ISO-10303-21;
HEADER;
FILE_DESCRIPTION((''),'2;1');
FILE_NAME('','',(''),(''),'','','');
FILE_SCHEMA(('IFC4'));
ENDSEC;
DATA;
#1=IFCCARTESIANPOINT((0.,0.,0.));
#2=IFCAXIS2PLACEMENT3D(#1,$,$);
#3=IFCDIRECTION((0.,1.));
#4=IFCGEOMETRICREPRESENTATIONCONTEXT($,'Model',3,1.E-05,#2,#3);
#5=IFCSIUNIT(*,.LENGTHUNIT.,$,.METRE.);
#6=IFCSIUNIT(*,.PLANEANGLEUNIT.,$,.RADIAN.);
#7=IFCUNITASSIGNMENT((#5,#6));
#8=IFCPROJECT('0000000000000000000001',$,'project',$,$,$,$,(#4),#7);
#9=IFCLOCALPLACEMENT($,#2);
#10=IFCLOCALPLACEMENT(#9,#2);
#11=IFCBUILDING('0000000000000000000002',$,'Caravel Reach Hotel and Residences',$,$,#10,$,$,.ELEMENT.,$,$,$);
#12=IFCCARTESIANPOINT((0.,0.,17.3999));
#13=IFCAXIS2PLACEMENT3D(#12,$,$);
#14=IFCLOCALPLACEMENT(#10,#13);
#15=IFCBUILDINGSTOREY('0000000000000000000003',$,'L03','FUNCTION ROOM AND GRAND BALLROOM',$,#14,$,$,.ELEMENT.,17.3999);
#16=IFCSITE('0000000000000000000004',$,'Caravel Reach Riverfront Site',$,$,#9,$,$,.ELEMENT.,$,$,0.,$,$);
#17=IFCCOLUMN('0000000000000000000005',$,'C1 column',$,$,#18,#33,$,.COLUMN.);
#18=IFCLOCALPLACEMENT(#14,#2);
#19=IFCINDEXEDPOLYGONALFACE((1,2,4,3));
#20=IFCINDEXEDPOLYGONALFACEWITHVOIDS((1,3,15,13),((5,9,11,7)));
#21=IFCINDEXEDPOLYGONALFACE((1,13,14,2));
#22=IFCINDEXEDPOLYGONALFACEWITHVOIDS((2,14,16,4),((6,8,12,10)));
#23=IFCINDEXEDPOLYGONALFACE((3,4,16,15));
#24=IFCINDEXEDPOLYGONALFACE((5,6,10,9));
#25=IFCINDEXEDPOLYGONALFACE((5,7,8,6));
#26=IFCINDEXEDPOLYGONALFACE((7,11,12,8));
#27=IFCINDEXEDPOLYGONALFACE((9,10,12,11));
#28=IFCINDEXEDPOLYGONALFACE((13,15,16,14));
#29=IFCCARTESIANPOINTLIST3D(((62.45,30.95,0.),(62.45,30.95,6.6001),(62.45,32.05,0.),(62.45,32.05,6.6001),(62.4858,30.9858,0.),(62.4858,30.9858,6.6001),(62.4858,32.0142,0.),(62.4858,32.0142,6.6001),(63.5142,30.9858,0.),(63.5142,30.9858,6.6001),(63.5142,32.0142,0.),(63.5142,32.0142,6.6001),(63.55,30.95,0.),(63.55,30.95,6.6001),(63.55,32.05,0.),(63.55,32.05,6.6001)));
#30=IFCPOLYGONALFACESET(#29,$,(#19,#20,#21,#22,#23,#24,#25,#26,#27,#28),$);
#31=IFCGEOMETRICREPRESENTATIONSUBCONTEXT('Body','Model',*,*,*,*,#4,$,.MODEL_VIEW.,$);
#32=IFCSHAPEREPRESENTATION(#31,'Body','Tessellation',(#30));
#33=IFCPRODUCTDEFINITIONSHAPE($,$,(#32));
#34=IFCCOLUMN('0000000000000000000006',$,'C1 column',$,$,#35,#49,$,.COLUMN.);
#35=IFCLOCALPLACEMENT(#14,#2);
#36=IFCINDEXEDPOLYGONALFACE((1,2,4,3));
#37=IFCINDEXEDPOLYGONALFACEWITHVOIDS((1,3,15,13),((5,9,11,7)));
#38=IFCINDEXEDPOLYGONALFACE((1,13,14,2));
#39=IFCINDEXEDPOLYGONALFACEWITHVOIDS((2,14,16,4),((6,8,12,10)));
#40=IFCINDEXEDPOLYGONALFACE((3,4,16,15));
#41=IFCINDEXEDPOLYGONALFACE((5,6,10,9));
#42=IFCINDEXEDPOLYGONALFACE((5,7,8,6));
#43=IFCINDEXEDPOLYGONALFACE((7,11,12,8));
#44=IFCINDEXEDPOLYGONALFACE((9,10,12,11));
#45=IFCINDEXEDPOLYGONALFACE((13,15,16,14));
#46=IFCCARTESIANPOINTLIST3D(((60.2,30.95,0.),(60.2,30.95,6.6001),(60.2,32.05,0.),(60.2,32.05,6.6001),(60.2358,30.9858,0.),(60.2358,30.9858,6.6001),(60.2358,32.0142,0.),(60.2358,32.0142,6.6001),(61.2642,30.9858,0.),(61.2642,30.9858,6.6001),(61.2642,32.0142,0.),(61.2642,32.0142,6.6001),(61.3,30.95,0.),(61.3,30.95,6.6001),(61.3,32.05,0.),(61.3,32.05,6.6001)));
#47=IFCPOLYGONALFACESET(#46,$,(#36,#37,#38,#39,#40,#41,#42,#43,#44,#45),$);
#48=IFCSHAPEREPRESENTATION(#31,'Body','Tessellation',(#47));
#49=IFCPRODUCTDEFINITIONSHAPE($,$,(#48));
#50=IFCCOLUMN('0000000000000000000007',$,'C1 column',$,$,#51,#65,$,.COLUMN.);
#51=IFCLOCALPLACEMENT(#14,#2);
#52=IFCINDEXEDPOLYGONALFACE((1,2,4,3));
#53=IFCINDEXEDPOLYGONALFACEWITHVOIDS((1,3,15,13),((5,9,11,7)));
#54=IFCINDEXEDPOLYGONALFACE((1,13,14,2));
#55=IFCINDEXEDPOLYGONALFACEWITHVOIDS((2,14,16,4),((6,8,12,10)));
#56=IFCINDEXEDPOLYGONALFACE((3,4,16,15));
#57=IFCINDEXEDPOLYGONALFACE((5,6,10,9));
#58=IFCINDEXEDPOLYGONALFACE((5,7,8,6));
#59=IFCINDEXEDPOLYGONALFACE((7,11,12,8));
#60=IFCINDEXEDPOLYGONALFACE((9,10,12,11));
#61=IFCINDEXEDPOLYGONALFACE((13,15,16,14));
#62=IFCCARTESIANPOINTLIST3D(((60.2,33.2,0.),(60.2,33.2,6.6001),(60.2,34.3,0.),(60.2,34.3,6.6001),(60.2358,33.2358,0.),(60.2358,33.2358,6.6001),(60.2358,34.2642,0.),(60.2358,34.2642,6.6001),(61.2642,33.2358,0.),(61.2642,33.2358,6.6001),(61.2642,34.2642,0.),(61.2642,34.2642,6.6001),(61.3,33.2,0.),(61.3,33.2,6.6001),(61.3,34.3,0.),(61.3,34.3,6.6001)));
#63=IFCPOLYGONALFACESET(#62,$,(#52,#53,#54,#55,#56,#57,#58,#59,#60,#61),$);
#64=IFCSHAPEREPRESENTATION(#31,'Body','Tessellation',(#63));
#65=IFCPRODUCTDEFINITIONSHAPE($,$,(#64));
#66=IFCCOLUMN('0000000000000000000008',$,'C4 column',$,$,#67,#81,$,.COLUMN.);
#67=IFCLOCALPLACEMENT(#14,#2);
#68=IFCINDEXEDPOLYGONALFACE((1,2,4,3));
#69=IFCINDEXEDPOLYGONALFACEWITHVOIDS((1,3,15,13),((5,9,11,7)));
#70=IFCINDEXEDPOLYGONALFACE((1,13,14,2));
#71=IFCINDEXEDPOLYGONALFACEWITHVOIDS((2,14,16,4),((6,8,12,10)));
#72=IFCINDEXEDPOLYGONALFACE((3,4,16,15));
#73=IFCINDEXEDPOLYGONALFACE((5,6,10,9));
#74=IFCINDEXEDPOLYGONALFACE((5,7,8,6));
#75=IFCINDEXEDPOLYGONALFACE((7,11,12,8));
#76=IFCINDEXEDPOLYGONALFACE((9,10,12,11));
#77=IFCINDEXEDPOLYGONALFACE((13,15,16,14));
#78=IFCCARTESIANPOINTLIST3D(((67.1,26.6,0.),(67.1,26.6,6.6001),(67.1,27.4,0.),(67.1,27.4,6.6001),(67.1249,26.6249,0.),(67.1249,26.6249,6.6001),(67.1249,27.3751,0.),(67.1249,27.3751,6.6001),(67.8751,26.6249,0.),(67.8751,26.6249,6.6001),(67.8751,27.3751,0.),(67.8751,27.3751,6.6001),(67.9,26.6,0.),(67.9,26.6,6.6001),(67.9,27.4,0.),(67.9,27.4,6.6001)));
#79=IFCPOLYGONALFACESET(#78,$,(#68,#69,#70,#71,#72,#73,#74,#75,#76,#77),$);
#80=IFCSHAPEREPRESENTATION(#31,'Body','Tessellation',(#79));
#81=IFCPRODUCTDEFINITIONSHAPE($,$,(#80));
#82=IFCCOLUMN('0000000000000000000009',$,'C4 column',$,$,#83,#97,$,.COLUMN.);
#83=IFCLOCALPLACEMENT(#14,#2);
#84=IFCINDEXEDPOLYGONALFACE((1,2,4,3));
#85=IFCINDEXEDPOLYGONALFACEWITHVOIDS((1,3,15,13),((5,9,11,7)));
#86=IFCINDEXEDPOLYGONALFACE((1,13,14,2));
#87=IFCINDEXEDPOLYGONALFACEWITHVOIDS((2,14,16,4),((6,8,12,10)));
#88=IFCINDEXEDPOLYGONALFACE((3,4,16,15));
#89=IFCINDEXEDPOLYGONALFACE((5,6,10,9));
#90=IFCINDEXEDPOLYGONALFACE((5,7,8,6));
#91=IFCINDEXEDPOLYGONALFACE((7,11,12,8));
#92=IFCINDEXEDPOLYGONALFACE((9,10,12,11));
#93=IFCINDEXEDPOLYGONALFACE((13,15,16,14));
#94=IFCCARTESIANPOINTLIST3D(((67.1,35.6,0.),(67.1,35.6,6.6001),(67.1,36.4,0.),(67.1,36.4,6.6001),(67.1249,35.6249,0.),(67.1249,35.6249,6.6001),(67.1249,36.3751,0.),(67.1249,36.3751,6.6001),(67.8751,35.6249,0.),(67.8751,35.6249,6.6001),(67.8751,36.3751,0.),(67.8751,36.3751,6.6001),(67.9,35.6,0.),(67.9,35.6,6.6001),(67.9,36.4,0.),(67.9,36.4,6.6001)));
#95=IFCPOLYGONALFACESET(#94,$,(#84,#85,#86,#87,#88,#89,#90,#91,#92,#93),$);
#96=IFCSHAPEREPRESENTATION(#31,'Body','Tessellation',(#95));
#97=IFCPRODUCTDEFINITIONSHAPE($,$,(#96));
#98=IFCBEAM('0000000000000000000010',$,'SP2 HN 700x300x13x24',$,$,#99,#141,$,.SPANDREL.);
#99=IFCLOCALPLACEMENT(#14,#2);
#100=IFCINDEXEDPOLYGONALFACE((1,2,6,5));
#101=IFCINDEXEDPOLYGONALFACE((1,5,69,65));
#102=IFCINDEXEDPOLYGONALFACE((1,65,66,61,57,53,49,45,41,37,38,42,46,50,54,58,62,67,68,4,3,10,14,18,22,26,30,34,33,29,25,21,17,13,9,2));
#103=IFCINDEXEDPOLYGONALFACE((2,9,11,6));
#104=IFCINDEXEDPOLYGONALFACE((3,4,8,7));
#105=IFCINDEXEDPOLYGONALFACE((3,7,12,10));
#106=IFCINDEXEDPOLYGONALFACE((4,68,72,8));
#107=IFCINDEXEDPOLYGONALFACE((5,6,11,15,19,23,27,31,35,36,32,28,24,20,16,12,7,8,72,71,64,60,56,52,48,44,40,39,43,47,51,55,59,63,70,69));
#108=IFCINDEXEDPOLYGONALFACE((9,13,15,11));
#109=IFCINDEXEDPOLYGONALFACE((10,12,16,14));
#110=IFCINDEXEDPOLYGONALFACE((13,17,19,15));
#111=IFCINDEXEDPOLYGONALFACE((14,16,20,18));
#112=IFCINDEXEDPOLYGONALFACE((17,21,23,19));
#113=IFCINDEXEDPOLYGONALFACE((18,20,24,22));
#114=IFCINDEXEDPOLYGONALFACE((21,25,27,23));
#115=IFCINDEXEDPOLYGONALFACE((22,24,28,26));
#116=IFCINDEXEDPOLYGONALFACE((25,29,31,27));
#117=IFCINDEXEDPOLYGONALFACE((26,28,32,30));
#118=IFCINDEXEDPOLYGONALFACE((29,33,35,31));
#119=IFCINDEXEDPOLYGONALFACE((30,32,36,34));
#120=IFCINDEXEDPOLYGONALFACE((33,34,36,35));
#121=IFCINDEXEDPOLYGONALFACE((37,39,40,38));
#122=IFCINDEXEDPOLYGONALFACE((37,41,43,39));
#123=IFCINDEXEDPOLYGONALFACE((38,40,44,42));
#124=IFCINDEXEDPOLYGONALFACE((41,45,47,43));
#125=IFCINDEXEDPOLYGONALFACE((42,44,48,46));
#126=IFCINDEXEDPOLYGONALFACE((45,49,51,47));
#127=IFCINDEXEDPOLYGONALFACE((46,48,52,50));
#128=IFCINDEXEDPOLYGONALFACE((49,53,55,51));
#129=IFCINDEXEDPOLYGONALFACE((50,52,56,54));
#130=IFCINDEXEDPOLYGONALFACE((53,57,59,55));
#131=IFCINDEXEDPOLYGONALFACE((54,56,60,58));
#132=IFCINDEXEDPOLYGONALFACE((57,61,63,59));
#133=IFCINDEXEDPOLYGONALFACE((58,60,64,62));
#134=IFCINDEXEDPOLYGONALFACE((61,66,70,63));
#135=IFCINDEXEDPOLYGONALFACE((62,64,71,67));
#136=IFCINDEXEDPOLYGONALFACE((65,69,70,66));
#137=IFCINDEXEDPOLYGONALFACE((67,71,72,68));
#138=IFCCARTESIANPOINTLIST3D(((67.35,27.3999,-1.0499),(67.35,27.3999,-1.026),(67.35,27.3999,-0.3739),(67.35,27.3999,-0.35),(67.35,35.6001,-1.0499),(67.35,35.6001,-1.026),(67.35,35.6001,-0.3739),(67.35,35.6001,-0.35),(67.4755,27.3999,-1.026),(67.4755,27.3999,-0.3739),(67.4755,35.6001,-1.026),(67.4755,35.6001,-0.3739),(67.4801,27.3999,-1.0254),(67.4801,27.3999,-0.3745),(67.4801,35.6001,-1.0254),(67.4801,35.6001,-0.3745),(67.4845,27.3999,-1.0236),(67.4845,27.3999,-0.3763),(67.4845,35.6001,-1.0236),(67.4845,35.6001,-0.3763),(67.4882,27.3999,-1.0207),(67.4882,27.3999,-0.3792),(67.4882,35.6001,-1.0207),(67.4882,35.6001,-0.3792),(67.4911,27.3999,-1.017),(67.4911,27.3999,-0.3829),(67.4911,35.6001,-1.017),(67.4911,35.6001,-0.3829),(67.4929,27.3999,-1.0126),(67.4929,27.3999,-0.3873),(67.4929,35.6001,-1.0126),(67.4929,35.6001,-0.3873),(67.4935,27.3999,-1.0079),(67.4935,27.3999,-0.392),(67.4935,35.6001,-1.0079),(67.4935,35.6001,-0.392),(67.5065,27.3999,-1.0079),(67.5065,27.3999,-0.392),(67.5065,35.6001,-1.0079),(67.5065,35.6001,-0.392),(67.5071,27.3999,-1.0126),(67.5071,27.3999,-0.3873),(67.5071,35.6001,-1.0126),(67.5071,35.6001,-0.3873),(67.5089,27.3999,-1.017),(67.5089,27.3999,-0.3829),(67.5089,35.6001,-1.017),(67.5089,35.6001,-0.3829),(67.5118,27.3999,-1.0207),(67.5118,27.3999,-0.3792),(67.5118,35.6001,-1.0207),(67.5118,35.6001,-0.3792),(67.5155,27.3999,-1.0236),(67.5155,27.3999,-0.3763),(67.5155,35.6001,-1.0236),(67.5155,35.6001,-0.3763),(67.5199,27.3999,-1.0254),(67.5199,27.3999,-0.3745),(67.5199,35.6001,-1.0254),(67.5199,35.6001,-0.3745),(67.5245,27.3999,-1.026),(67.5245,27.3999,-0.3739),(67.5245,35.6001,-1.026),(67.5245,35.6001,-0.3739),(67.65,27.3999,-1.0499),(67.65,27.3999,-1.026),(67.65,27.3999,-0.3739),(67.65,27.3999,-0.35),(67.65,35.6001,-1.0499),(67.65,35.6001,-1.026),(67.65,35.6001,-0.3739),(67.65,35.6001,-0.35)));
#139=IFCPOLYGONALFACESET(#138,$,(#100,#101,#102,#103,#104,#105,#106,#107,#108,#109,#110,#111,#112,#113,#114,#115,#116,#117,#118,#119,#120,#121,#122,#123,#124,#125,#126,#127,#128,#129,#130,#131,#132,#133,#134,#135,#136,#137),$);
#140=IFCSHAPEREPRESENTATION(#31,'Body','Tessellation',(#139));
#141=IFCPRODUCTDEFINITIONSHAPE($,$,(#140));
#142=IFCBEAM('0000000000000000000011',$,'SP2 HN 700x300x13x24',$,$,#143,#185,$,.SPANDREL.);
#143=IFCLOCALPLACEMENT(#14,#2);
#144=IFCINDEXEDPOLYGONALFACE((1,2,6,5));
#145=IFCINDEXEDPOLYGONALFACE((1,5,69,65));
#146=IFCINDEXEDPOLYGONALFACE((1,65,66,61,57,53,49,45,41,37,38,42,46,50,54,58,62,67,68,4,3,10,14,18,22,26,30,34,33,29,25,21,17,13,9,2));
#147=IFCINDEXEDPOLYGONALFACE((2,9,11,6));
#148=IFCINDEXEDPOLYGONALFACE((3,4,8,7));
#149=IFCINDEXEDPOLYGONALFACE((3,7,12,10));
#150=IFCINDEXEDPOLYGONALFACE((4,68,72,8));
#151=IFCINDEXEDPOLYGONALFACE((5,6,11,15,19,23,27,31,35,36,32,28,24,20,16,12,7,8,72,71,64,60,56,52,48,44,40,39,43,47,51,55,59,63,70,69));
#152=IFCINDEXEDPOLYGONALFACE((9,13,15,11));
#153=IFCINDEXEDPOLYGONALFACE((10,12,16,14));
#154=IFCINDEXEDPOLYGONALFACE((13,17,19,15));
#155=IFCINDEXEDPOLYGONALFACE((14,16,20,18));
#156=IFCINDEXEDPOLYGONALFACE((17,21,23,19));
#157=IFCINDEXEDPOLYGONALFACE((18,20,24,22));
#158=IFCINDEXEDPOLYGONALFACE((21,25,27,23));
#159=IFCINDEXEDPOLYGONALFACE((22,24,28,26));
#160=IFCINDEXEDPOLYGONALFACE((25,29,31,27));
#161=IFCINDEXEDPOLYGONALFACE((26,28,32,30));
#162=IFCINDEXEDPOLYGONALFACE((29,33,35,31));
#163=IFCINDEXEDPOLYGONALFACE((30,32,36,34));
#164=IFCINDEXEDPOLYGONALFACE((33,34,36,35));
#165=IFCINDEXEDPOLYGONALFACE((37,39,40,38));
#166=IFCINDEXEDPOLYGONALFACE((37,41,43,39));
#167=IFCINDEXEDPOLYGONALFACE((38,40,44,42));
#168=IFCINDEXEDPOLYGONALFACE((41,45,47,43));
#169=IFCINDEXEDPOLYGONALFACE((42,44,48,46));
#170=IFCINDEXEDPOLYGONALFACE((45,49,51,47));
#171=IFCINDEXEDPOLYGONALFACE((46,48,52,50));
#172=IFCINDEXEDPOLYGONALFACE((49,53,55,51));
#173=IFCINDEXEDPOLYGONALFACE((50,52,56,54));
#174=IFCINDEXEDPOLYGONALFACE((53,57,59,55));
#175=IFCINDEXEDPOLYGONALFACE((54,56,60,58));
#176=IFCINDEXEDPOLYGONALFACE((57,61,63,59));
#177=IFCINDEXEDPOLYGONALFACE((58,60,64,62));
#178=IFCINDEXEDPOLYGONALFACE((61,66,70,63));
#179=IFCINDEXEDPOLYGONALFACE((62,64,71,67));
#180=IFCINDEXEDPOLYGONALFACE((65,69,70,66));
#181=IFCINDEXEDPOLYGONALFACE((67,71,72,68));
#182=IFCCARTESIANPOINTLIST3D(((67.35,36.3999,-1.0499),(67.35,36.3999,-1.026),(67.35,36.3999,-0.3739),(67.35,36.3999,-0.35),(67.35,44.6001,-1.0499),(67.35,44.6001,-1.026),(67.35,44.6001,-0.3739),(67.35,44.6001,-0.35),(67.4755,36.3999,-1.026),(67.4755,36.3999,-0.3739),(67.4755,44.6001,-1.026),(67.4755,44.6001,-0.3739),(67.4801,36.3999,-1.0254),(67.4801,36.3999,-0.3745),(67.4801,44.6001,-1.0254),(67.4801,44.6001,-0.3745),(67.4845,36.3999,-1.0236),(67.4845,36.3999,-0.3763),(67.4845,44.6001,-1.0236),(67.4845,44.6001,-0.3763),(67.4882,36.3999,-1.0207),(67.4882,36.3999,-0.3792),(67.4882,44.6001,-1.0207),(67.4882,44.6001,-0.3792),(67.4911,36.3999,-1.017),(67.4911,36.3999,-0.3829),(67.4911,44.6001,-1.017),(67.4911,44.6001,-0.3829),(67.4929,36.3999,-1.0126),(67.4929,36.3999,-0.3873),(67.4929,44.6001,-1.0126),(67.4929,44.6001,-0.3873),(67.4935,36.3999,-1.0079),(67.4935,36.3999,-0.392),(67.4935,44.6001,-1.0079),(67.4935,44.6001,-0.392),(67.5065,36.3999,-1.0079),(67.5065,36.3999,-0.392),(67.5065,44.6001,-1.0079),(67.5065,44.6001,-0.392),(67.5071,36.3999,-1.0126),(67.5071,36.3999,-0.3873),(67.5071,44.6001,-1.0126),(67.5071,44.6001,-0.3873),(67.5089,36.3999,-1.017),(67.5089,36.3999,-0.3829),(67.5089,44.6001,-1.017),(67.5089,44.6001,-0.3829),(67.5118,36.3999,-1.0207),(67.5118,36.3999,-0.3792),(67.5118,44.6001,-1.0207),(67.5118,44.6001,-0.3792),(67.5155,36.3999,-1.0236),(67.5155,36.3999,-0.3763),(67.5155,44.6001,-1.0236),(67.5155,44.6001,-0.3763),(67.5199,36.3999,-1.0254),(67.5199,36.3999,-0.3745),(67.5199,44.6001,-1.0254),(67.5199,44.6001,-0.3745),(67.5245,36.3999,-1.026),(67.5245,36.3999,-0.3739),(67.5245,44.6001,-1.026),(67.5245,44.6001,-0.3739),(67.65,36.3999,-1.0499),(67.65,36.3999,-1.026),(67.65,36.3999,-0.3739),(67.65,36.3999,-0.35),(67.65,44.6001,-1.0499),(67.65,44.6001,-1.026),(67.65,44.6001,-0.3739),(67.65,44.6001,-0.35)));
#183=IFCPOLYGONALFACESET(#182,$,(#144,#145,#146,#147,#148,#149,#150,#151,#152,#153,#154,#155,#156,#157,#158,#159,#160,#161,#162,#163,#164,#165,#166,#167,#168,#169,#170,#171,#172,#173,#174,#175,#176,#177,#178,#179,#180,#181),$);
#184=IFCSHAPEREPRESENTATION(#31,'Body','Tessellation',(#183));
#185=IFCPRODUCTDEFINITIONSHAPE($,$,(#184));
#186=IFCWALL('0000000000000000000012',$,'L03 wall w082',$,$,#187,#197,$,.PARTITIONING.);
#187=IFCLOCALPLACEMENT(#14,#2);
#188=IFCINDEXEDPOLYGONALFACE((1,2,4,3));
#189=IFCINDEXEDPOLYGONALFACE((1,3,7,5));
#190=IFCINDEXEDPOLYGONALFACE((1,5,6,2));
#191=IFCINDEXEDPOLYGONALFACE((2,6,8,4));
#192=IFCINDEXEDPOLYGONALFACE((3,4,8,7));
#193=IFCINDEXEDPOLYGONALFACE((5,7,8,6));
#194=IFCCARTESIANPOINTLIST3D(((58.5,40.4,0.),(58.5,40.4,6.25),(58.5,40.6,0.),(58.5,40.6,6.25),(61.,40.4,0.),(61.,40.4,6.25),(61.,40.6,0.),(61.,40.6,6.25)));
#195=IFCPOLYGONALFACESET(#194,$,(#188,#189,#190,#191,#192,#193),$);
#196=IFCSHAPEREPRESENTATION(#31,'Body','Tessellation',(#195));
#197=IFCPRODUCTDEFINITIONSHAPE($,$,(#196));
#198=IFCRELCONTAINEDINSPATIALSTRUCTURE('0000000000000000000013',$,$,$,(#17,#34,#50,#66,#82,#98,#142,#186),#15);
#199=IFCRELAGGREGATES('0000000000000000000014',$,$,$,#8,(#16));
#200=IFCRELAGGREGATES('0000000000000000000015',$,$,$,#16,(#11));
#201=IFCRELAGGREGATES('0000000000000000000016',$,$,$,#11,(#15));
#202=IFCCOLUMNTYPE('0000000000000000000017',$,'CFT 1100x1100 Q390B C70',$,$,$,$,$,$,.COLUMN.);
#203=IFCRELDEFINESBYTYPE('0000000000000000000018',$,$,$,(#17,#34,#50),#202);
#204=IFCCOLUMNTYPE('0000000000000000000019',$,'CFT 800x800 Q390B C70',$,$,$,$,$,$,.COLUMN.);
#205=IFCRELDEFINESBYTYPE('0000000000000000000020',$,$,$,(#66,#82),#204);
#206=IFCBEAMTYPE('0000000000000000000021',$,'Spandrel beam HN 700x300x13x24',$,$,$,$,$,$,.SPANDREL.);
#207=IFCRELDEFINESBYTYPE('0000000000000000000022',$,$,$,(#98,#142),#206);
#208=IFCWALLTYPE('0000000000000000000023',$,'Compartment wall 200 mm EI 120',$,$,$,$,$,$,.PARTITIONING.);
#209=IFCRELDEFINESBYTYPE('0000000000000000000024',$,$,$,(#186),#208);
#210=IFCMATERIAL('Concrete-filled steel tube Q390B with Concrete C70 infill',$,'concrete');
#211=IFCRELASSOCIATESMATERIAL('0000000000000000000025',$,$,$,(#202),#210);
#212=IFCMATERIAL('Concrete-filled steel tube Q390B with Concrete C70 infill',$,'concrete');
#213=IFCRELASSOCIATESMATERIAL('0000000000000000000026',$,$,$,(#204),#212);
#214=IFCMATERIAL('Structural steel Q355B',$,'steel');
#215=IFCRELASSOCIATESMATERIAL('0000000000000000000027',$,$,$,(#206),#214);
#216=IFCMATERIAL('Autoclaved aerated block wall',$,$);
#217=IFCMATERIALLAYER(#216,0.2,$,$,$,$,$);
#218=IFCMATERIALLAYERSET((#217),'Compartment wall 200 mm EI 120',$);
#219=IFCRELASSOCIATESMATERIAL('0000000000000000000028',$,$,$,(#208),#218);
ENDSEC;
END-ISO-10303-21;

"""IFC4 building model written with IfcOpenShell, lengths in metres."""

from ifc_helpers import new_model, si_unit, direction, frame, frame_2d, origin, origin_2d, place, context, subcontext, project, spatial, rectangle, hollow_rectangle, i_section, extrude, material, layer, layer_set, material_profile, profile_set, type_object, element, save


model = new_model("IFC4")

# Units and contexts
model_context = context("Model", 3, precision=1e-05, world=origin(), true_north=direction((0.0, 1.0)))
body_context = subcontext(model_context, "Body", "Model", "MODEL_VIEW")
ifc_project = project(units=[si_unit("LENGTHUNIT", "METRE"), si_unit("PLANEANGLEUNIT", "RADIAN")], contexts=[model_context])

# Site, building, storey
site_placement = place(None, origin())
site = spatial("IfcSite", under=ifc_project, at=site_placement, Name="Caravel Reach Riverfront Site", CompositionType="ELEMENT", RefElevation=0.0)
building_placement = place(site_placement, origin())
building = spatial("IfcBuilding", under=site, at=building_placement, Name="Caravel Reach Hotel and Residences", CompositionType="ELEMENT")
storey_placement = place(building_placement, frame((0.0, 0.0, 17.3999)))
storey = spatial("IfcBuildingStorey", under=building, at=storey_placement, Name="L03", Description="FUNCTION ROOM AND GRAND BALLROOM", CompositionType="ELEMENT", Elevation=17.3999)

# Columns
ifc_material_1 = material(Name="Concrete-filled steel tube Q390B with Concrete C70 infill", Category="concrete")
ifc_material_profile_1 = material_profile(ifc_material_1, hollow_rectangle(XDim=1.1001, YDim=1.1001, WallThickness=0.0359, at=origin_2d()), Name="RHS 1100x1100x36")
ifc_profile_set_1 = profile_set([ifc_material_profile_1], Name="Concrete-filled steel tube Q390B with Concrete C70 infill")
column_type_1 = type_object("IfcColumnType", Name="CFT 1100x1100 Q390B C70", PredefinedType="COLUMN", material=ifc_profile_set_1)
for number, where, z_axis, x_axis, name in (
    (1, (63.0, 31.5, 0.0), (0.0, 0.0, 1.0), (1.0, 0.0, 0.0), "C1 column"),
    (2, (60.75, 31.5, 0.0), (0.0, 0.0, 1.0), (1.0, 0.0, 0.0), "C1 column"),
    (3, (60.75, 33.75, 0.0), (0.0, 0.0, 1.0), (1.0, 0.0, 0.0), "C1 column"),
):
    element("IfcColumn", number, at=place(storey_placement, frame(where, z_axis=z_axis, x_axis=x_axis)), inside=storey, type_object=column_type_1, Name=name, PredefinedType="COLUMN", context=body_context, shape_type="SweptSolid", body=[
        extrude(hollow_rectangle(XDim=1.1001, YDim=1.1001, WallThickness=0.0359, at=origin_2d()), origin(), (0.0, 0.0, 1.0), 6.6001),
    ])
ifc_material_2 = material(Name="Concrete-filled steel tube Q390B with Concrete C70 infill", Category="concrete")
ifc_material_profile_2 = material_profile(ifc_material_2, hollow_rectangle(XDim=0.8, YDim=0.8, WallThickness=0.0249, at=origin_2d()), Name="RHS 800x800x25")
ifc_profile_set_2 = profile_set([ifc_material_profile_2], Name="Concrete-filled steel tube Q390B with Concrete C70 infill")
column_type_2 = type_object("IfcColumnType", Name="CFT 800x800 Q390B C70", PredefinedType="COLUMN", material=ifc_profile_set_2)
for number, where, z_axis, x_axis, name in (
    (4, (67.5, 27.0, 0.0), (0.0, 0.0, 1.0), (1.0, 0.0, 0.0), "C4 column"),
    (5, (67.5, 36.0, 0.0), (0.0, 0.0, 1.0), (1.0, 0.0, 0.0), "C4 column"),
):
    element("IfcColumn", number, at=place(storey_placement, frame(where, z_axis=z_axis, x_axis=x_axis)), inside=storey, type_object=column_type_2, Name=name, PredefinedType="COLUMN", context=body_context, shape_type="SweptSolid", body=[
        extrude(hollow_rectangle(XDim=0.8, YDim=0.8, WallThickness=0.0249, at=origin_2d()), origin(), (0.0, 0.0, 1.0), 6.6001),
    ])

# Beams
ifc_material_3 = material(Name="Structural steel Q355B", Category="steel")
ifc_material_profile_3 = material_profile(ifc_material_3, i_section(OverallWidth=0.3, OverallDepth=0.7, WebThickness=0.0129, FlangeThickness=0.0239, FilletRadius=0.0181, at=origin_2d()), Name="HN 700x300x13x24")
ifc_profile_set_3 = profile_set([ifc_material_profile_3], Name="Structural steel Q355B")
beam_type = type_object("IfcBeamType", Name="Spandrel beam HN 700x300x13x24", PredefinedType="SPANDREL", material=ifc_profile_set_3)
for number, where, z_axis, x_axis, name in (
    (6, (67.5, 27.3999, -0.7), (0.0, 1.0, 0.0), (-1.0, 0.0, 0.0), "SP2 HN 700x300x13x24"),
    (7, (67.5, 36.3999, -0.7), (0.0, 1.0, 0.0), (-1.0, 0.0, 0.0), "SP2 HN 700x300x13x24"),
):
    element("IfcBeam", number, at=place(storey_placement, frame(where, z_axis=z_axis, x_axis=x_axis)), inside=storey, type_object=beam_type, Name=name, PredefinedType="SPANDREL", context=body_context, shape_type="SweptSolid", body=[
        extrude(i_section(OverallWidth=0.3, OverallDepth=0.7, WebThickness=0.0129, FlangeThickness=0.0239, FilletRadius=0.0181, at=origin_2d()), origin(), (0.0, 0.0, 1.0), 8.2002),
    ])

# Wall
ifc_material_4 = material(Name="Autoclaved aerated block wall")
ifc_layer_1 = layer(ifc_material_4, 0.2)
ifc_layer_set_1 = layer_set([ifc_layer_1], Name="Compartment wall 200 mm EI 120")
wall_type_1 = type_object("IfcWallType", Name="Compartment wall 200 mm EI 120", PredefinedType="PARTITIONING", material=ifc_layer_set_1)
wall_1_placement = place(storey_placement, frame((58.5, 40.5, 0.0), z_axis=(0.0, 0.0, 1.0), x_axis=(1.0, 0.0, 0.0)))
element("IfcWall", 8, at=wall_1_placement, inside=storey, type_object=wall_type_1, Name="L03 wall w082", PredefinedType="PARTITIONING", context=body_context, shape_type="SweptSolid", body=[
    extrude(rectangle(XDim=2.5, YDim=0.2, at=frame_2d((1.25, 0.0))), origin(), (0.0, 0.0, 1.0), 6.25),
])

save(model, "model.ifc")
